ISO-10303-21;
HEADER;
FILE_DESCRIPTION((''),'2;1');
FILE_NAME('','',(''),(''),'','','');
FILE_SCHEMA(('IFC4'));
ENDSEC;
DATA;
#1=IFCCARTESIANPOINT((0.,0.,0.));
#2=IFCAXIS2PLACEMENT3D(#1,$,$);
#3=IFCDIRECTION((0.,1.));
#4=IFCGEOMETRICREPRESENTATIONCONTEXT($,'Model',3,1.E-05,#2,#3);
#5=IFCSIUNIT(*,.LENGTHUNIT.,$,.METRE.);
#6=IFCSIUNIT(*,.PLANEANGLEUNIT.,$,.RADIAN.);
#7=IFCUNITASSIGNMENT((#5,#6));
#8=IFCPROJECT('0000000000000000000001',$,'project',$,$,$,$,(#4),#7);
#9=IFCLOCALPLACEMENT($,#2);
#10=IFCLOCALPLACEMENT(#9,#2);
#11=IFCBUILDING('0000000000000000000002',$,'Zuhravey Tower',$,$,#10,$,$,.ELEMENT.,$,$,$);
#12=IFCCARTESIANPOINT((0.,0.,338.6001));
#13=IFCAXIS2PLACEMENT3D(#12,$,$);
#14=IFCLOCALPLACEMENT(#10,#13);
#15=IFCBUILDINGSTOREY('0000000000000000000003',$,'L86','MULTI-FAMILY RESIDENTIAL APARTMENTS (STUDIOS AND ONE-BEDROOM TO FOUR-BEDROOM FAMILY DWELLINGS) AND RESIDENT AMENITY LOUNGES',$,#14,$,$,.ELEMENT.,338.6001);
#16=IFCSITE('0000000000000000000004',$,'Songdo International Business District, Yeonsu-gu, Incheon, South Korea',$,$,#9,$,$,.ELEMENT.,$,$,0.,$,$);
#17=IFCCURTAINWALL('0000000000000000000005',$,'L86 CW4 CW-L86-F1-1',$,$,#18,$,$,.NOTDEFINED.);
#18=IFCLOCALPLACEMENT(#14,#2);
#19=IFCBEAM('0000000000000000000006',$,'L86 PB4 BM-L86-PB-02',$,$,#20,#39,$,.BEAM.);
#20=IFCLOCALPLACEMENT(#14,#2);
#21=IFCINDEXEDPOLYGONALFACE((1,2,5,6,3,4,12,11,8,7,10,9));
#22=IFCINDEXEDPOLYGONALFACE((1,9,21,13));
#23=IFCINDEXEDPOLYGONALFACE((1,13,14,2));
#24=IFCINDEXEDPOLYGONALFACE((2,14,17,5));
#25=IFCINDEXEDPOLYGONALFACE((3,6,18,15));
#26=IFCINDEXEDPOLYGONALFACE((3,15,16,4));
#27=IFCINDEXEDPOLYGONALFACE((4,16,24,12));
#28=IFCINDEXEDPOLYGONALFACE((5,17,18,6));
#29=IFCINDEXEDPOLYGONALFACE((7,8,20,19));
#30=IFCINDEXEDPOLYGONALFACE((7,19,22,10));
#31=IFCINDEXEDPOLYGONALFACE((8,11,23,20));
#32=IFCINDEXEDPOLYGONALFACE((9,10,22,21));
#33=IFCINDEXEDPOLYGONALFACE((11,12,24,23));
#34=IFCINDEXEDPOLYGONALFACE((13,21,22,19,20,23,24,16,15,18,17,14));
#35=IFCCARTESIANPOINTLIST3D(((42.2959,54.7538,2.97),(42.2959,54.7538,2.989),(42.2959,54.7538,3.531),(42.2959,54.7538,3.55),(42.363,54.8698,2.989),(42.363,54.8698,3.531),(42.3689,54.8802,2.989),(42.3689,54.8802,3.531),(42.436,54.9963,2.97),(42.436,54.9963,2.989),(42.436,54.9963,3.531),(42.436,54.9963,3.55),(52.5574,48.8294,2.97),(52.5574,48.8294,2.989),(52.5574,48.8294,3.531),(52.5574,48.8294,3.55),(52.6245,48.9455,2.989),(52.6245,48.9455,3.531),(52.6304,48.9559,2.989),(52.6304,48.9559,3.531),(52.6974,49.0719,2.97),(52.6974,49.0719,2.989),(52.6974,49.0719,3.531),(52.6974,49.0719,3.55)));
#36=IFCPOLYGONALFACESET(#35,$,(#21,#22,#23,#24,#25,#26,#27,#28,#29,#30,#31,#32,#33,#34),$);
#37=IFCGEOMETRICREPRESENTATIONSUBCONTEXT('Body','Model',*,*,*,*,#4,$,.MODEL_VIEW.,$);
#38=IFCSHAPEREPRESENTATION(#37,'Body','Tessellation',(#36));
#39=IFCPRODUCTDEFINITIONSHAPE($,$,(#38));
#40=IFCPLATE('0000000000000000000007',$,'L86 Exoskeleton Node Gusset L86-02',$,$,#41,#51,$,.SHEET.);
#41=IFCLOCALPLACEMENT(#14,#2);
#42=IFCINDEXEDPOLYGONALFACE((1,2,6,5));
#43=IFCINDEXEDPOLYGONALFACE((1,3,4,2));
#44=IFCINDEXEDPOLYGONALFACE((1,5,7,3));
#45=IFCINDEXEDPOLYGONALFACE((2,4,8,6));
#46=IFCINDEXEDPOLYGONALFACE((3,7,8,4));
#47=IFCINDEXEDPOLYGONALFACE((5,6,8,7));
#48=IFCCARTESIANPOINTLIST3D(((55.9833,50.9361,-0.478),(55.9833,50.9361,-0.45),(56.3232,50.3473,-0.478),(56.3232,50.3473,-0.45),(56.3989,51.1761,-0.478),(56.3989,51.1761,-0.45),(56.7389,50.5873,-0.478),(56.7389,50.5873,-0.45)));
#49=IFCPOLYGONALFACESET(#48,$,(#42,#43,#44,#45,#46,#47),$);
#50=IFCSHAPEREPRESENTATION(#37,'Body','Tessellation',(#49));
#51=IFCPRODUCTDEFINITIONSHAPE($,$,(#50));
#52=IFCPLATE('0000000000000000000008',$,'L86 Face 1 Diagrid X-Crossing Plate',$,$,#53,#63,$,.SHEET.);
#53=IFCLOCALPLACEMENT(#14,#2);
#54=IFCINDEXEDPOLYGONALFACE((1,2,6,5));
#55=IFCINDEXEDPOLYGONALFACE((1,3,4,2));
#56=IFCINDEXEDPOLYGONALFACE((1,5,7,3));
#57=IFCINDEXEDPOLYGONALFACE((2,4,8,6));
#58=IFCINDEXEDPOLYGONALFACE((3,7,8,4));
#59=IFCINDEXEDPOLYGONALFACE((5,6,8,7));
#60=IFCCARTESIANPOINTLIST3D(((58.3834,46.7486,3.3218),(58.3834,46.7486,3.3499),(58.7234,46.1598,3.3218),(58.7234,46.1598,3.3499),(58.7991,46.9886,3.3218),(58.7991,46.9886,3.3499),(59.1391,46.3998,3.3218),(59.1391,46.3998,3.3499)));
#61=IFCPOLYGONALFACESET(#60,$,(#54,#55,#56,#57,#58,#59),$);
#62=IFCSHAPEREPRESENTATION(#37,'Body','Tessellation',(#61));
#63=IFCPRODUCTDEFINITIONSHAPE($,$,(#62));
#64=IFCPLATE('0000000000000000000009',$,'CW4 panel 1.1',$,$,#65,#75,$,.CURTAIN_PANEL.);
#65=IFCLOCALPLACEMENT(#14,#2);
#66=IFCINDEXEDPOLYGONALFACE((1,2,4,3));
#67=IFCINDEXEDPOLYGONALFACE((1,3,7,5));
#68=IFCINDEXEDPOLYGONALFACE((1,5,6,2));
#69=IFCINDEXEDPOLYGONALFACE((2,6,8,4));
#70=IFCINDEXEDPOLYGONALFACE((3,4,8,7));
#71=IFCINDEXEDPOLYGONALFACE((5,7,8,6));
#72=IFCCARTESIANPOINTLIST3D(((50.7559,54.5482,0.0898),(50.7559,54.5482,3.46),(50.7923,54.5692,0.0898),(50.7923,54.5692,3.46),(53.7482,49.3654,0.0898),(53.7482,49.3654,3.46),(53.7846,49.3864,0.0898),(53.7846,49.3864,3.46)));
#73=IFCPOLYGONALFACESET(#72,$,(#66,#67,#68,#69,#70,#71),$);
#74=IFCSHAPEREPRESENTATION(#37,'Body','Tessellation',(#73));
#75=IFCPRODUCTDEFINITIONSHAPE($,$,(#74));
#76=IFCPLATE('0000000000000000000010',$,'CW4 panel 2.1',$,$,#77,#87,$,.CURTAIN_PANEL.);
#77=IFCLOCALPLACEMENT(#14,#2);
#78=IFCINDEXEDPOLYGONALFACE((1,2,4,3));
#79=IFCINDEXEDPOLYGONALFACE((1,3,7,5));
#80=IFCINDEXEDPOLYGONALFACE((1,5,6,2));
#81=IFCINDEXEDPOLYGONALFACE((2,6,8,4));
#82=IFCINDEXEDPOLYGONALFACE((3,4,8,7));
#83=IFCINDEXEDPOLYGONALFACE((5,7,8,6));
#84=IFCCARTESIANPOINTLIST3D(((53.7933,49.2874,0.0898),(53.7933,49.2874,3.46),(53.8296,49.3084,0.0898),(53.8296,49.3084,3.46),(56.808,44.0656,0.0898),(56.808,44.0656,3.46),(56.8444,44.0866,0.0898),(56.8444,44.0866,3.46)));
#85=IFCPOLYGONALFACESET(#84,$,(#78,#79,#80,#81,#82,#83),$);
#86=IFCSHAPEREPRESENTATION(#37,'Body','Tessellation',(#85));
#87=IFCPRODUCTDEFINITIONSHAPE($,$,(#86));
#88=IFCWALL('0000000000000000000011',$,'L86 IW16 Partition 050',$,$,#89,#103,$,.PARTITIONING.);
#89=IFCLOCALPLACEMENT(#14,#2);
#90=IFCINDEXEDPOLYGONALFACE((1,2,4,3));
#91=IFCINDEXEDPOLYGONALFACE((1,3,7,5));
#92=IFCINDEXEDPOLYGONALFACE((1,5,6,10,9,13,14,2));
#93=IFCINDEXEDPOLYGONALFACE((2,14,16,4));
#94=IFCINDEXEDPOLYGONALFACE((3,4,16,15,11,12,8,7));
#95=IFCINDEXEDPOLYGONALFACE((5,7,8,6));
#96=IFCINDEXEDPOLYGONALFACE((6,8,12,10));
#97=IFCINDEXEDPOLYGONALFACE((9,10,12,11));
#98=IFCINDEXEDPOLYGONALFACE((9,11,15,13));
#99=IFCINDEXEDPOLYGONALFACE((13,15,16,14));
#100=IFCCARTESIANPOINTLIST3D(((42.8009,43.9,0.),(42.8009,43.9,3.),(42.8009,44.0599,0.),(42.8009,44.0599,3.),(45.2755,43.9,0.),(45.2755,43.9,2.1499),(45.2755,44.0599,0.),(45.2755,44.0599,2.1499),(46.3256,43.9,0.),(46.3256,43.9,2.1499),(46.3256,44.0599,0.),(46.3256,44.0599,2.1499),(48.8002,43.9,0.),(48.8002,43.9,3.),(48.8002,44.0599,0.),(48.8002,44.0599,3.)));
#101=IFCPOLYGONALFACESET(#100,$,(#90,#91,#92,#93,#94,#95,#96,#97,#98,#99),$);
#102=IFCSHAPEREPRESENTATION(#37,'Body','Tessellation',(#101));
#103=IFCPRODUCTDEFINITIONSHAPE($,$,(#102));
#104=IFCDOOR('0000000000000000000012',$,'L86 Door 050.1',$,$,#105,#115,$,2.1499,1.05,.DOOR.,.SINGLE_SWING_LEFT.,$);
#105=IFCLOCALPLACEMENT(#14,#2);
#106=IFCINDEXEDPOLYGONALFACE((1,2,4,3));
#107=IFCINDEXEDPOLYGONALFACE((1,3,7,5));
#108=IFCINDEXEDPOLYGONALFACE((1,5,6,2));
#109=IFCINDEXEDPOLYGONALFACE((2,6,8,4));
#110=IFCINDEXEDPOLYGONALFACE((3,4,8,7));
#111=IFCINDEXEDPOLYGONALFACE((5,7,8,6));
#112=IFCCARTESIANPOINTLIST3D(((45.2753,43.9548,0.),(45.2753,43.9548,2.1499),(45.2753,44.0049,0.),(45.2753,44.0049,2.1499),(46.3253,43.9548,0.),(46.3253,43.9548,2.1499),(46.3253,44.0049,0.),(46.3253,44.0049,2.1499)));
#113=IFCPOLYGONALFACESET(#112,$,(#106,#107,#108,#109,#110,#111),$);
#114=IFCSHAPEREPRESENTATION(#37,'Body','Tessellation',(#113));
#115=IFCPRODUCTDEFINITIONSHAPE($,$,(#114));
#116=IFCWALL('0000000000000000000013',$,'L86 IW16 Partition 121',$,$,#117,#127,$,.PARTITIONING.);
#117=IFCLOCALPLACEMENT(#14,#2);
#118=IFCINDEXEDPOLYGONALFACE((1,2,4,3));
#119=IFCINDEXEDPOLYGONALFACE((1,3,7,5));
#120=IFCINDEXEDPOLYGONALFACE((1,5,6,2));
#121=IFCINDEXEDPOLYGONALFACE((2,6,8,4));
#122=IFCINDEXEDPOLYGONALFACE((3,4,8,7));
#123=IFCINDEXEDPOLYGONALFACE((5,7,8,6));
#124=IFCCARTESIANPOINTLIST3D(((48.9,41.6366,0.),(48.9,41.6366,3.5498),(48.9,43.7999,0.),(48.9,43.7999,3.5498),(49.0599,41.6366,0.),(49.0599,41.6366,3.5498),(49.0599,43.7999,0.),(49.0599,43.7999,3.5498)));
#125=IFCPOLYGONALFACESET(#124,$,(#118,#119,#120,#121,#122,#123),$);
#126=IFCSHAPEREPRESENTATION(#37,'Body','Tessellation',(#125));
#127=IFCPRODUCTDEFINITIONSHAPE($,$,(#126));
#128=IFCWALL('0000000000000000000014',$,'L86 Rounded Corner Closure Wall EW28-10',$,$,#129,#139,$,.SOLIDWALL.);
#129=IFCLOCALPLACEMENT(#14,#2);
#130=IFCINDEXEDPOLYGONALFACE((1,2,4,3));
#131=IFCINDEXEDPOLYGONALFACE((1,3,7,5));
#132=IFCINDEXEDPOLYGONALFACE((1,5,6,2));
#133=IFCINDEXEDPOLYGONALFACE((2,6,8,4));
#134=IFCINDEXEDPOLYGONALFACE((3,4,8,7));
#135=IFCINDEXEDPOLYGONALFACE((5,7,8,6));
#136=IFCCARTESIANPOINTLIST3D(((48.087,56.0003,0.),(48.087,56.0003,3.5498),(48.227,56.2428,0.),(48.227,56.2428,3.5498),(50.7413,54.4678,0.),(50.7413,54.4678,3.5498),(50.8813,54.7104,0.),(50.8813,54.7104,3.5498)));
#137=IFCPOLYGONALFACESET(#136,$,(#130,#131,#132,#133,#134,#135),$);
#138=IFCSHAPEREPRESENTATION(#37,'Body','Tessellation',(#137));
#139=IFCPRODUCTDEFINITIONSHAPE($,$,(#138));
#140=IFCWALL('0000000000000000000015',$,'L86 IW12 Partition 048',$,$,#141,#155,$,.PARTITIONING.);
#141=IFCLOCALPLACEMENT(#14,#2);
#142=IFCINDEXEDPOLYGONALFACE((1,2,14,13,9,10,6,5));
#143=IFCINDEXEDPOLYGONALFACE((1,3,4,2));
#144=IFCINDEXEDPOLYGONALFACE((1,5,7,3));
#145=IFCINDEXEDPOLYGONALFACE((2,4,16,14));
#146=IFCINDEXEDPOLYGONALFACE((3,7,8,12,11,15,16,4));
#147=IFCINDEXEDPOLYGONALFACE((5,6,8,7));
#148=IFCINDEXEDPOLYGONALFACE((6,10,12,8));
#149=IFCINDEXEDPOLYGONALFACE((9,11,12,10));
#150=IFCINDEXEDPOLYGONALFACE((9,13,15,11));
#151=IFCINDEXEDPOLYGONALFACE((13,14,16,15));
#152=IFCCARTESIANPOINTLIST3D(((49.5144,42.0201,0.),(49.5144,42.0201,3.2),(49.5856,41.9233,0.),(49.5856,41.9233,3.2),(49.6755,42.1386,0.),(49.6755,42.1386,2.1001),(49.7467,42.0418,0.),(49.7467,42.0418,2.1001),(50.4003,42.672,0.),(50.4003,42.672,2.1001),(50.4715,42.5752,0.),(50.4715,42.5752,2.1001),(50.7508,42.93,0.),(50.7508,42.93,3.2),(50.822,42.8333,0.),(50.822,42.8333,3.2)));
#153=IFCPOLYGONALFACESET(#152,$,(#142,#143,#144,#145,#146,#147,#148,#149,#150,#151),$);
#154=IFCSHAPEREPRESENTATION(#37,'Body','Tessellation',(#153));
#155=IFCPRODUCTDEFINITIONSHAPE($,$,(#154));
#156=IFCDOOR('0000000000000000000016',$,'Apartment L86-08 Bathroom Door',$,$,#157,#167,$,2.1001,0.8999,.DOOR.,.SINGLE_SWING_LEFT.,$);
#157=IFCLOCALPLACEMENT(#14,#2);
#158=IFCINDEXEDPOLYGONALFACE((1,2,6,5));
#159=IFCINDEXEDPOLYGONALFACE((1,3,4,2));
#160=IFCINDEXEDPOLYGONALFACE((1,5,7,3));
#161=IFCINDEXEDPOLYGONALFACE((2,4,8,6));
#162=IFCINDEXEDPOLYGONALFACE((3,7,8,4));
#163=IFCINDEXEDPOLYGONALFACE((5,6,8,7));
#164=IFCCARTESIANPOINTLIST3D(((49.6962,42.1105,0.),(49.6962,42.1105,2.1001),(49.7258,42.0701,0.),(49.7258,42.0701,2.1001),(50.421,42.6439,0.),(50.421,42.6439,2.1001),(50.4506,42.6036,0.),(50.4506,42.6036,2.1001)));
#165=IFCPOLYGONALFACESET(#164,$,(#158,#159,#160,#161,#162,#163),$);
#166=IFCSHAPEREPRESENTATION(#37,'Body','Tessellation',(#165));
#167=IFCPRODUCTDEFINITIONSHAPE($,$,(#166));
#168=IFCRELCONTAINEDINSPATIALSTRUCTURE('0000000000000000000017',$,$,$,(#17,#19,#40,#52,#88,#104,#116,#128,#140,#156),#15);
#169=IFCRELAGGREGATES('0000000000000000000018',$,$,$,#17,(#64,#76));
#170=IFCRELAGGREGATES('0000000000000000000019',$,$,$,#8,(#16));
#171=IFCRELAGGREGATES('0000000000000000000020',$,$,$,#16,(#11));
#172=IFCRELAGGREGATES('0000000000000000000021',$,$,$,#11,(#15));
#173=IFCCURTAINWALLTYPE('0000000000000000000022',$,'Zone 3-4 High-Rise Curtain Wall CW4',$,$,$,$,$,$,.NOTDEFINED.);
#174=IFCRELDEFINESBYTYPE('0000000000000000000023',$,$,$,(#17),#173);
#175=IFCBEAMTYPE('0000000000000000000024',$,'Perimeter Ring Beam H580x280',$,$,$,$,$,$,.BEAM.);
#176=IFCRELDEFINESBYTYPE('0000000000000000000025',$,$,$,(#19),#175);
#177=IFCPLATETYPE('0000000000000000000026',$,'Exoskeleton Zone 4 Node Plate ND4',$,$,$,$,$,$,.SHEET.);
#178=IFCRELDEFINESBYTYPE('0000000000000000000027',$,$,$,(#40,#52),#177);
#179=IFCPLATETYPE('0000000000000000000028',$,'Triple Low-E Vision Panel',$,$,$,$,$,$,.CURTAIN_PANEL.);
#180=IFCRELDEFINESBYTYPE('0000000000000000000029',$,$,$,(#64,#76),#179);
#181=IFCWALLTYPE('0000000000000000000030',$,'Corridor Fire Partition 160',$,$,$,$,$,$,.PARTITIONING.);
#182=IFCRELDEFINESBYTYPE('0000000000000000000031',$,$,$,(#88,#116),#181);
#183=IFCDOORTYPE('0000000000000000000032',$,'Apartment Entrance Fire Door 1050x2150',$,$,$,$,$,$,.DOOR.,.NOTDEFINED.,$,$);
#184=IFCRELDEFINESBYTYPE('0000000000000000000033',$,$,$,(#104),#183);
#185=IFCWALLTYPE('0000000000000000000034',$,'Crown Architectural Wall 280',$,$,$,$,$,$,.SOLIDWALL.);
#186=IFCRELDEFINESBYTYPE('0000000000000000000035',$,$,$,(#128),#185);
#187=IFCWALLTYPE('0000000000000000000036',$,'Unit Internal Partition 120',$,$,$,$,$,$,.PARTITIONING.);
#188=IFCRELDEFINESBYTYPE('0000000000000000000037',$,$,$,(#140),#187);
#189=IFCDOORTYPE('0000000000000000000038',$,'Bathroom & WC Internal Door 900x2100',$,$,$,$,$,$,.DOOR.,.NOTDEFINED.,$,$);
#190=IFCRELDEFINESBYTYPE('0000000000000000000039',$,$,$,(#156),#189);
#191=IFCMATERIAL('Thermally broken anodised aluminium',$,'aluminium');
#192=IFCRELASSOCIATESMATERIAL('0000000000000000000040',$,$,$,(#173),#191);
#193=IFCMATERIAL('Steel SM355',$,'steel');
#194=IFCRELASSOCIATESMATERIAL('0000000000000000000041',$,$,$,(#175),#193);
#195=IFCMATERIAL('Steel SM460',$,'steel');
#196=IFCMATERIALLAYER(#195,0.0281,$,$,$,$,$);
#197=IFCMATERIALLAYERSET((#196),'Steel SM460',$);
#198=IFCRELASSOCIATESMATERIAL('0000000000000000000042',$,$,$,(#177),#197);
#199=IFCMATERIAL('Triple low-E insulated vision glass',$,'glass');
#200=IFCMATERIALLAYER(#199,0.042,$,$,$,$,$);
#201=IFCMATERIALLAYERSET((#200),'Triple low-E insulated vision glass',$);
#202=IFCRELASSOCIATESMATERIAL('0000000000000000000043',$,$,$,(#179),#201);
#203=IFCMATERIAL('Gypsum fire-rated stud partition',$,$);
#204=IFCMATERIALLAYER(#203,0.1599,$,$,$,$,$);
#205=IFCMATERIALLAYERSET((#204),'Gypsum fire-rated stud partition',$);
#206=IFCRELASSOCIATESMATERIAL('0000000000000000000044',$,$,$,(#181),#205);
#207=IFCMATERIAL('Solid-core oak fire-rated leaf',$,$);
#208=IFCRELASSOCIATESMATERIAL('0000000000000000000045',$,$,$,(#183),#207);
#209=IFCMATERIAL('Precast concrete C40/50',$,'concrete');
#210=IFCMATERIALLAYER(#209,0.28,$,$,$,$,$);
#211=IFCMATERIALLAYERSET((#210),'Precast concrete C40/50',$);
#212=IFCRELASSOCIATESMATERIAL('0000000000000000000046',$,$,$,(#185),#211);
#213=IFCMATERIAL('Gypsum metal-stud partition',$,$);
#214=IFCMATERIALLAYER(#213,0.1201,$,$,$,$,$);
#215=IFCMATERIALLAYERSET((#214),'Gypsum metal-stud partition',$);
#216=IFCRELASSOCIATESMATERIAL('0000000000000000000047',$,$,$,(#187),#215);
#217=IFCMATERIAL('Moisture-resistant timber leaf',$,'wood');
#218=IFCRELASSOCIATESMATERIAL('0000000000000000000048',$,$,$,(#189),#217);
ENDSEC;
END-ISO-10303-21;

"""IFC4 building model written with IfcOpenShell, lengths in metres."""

from ifc_helpers import new_model, si_unit, direction, frame, frame_2d, origin, origin_2d, place, context, subcontext, project, spatial, rectangle, i_section, extrude, material, layer, layer_set, material_profile, profile_set, type_object, element, fill, aggregate, save


model = new_model("IFC4")

# Units and contexts
model_context = context("Model", 3, precision=1e-05, world=origin(), true_north=direction((0.0, 1.0)))
body_context = subcontext(model_context, "Body", "Model", "MODEL_VIEW")
ifc_project = project(units=[si_unit("LENGTHUNIT", "METRE"), si_unit("PLANEANGLEUNIT", "RADIAN")], contexts=[model_context])

# Site, building, storey
site_placement = place(None, origin())
site = spatial("IfcSite", under=ifc_project, at=site_placement, Name="Songdo International Business District, Yeonsu-gu, Incheon, South Korea", CompositionType="ELEMENT", RefElevation=0.0)
building_placement = place(site_placement, origin())
building = spatial("IfcBuilding", under=site, at=building_placement, Name="Zuhravey Tower", CompositionType="ELEMENT")
storey_placement = place(building_placement, frame((0.0, 0.0, 338.6001)))
storey = spatial("IfcBuildingStorey", under=building, at=storey_placement, Name="L86", Description="MULTI-FAMILY RESIDENTIAL APARTMENTS (STUDIOS AND ONE-BEDROOM TO FOUR-BEDROOM FAMILY DWELLINGS) AND RESIDENT AMENITY LOUNGES", CompositionType="ELEMENT", Elevation=338.6001)

# Shared definitions
ifc_material_1 = material(Name="Thermally broken anodised aluminium", Category="aluminium")
curtain_wall_type = type_object("IfcCurtainWallType", Name="Zone 3-4 High-Rise Curtain Wall CW4", PredefinedType="NOTDEFINED", material=ifc_material_1)

# Curtain wall
curtain_wall_1_placement = place(storey_placement, origin())
curtain_wall_1 = element("IfcCurtainWall", 1, at=curtain_wall_1_placement, inside=storey, type_object=curtain_wall_type, Name="L86 CW4 CW-L86-F1-1", PredefinedType="NOTDEFINED")

# Shared definitions
ifc_material_2 = material(Name="Steel SM355", Category="steel")

# Beam
ifc_material_profile_1 = material_profile(ifc_material_2, i_section(OverallWidth=0.28, OverallDepth=0.5801, WebThickness=0.012, FlangeThickness=0.019, at=origin_2d()), Name="H-580x280x12x19")
ifc_profile_set_1 = profile_set([ifc_material_profile_1], Name="Steel SM355")
beam_type = type_object("IfcBeamType", Name="Perimeter Ring Beam H580x280", PredefinedType="BEAM", material=ifc_profile_set_1)
beam_placement = place(storey_placement, frame((52.6274, 48.9507, 3.26), z_axis=(-0.866031, 0.499991, 0.0), x_axis=(-0.499991, -0.866031, 0.0)))
element("IfcBeam", 2, at=beam_placement, inside=storey, type_object=beam_type, Name="L86 PB4 BM-L86-PB-02", PredefinedType="BEAM", context=body_context, shape_type="SweptSolid", body=[
    extrude(i_section(OverallWidth=0.28, OverallDepth=0.5801, WebThickness=0.012, FlangeThickness=0.019, at=origin_2d()), origin(), (0.0, 0.0, 1.0), 11.8489),
])

# Plates
ifc_material_3 = material(Name="Steel SM460", Category="steel")
ifc_layer_1 = layer(ifc_material_3, 0.0281)
ifc_layer_set_1 = layer_set([ifc_layer_1], Name="Steel SM460")
plate_type_1 = type_object("IfcPlateType", Name="Exoskeleton Zone 4 Node Plate ND4", PredefinedType="SHEET", material=ifc_layer_set_1)
for number, where, z_axis, x_axis, name in (
    (3, (56.3611, 50.7617, -0.478), (0.0, 0.0, 1.0), (-0.5, 0.866025, 0.0), "L86 Exoskeleton Node Gusset L86-02"),
    (4, (58.7612, 46.5742, 3.3218), (0.0, 0.0, 1.0), (-0.5, 0.866025, 0.0), "L86 Face 1 Diagrid X-Crossing Plate"),
):
    element("IfcPlate", number, at=place(storey_placement, frame(where, z_axis=z_axis, x_axis=x_axis)), inside=storey, type_object=plate_type_1, Name=name, PredefinedType="SHEET", context=body_context, shape_type="SweptSolid", body=[
        extrude(rectangle(XDim=0.6799, YDim=0.48, at=origin_2d()), origin(), (0.0, 0.0, 1.0), 0.0281),
    ])

# Plates
ifc_material_4 = material(Name="Triple low-E insulated vision glass", Category="glass")
ifc_layer_2 = layer(ifc_material_4, 0.042)
ifc_layer_set_2 = layer_set([ifc_layer_2], Name="Triple low-E insulated vision glass")
plate_type_2 = type_object("IfcPlateType", Name="Triple Low-E Vision Panel", PredefinedType="CURTAIN_PANEL", material=ifc_layer_set_2)
plate_1_placement = place(storey_placement, frame((52.2703, 51.9673, 0.0898), z_axis=(0.0, 0.0, 1.0), x_axis=(0.5, -0.866026, 0.0)))
plate_1 = element("IfcPlate", 5, at=plate_1_placement, type_object=plate_type_2, Name="CW4 panel 1.1", PredefinedType="CURTAIN_PANEL", context=body_context, shape_type="SweptSolid", body=[
    extrude(rectangle(XDim=5.9846, YDim=0.042, at=origin_2d()), origin(), (0.0, 0.0, 1.0), 3.3701),
])
plate_2_placement = place(storey_placement, frame((55.3188, 46.687, 0.0898), z_axis=(0.0, 0.0, 1.0), x_axis=(0.5, -0.866026, 0.0)))
plate_2 = element("IfcPlate", 6, at=plate_2_placement, type_object=plate_type_2, Name="CW4 panel 2.1", PredefinedType="CURTAIN_PANEL", context=body_context, shape_type="SweptSolid", body=[
    extrude(rectangle(XDim=6.0295, YDim=0.042, at=origin_2d()), origin(), (0.0, 0.0, 1.0), 3.3701),
])
aggregate(curtain_wall_1, [plate_1, plate_2])

# Wall, opening, door
ifc_material_5 = material(Name="Gypsum fire-rated stud partition")
ifc_layer_3 = layer(ifc_material_5, 0.1599)
ifc_layer_set_3 = layer_set([ifc_layer_3], Name="Gypsum fire-rated stud partition")
wall_type_1 = type_object("IfcWallType", Name="Corridor Fire Partition 160", PredefinedType="PARTITIONING", material=ifc_layer_set_3)
wall_1_placement = place(storey_placement, frame((48.8, 43.98, 0.0), z_axis=(0.0, 0.0, 1.0), x_axis=(-1.0, 0.0, 0.0)))
wall_1 = element("IfcWall", 7, at=wall_1_placement, inside=storey, type_object=wall_type_1, Name="L86 IW16 Partition 050", PredefinedType="PARTITIONING", context=body_context, shape_type="SweptSolid", body=[
    extrude(rectangle(XDim=5.9993, YDim=0.1599, at=frame_2d((2.9995, 0.0))), origin(), (0.0, 0.0, 1.0), 3.0),
])
opening_1_placement = place(wall_1_placement, frame((2.4746, 0.0, 0.0)))
opening_1 = element("IfcOpeningElement", 8, at=opening_1_placement, cuts=wall_1, PredefinedType="OPENING", context=body_context, shape_type="SweptSolid", body=[
    extrude(rectangle(XDim=1.05, YDim=2.1499, at=frame_2d((0.5249, 1.075))), frame((0.0, 0.092, 0.0), z_axis=(0.0, -1.0, 0.0), x_axis=(1.0, 0.0, 0.0)), (0.0, 0.0, 1.0), 0.1838),
])
ifc_material_6 = material(Name="Solid-core oak fire-rated leaf")
door_type_1 = type_object("IfcDoorType", Name="Apartment Entrance Fire Door 1050x2150", OperationType="NOTDEFINED", PredefinedType="DOOR", material=ifc_material_6)
door_1_placement = place(opening_1_placement, frame((1.05, 0.0, 0.0), z_axis=(0.0, 0.0, 1.0), x_axis=(-1.0, 0.0, 0.0)))
door_1 = element("IfcDoor", 9, at=door_1_placement, inside=storey, type_object=door_type_1, Name="L86 Door 050.1", OperationType="SINGLE_SWING_LEFT", OverallHeight=2.1499, OverallWidth=1.05, PredefinedType="DOOR", context=body_context, shape_type="SweptSolid", body=[
    extrude(rectangle(XDim=1.05, YDim=2.1499, at=frame_2d((0.5249, 1.075))), frame((0.0, 0.0249, 0.0), z_axis=(0.0, -1.0, 0.0), x_axis=(1.0, 0.0, 0.0)), (0.0, 0.0, 1.0), 0.05),
])
fill(opening_1, door_1)

# Walls
wall_2_placement = place(storey_placement, frame((48.98, 41.6367, 0.0), z_axis=(0.0, 0.0, 1.0), x_axis=(0.0, 1.0, 0.0)))
element("IfcWall", 10, at=wall_2_placement, inside=storey, type_object=wall_type_1, Name="L86 IW16 Partition 121", PredefinedType="PARTITIONING", context=body_context, shape_type="SweptSolid", body=[
    extrude(rectangle(XDim=2.1633, YDim=0.1599, at=frame_2d((1.0815, 0.0))), origin(), (0.0, 0.0, 1.0), 3.5498),
])
ifc_material_7 = material(Name="Precast concrete C40/50", Category="concrete")
ifc_layer_4 = layer(ifc_material_7, 0.28)
ifc_layer_set_4 = layer_set([ifc_layer_4], Name="Precast concrete C40/50")
wall_type_2 = type_object("IfcWallType", Name="Crown Architectural Wall 280", PredefinedType="SOLIDWALL", material=ifc_layer_set_4)
wall_3_placement = place(storey_placement, frame((48.157, 56.1216, 0.0), z_axis=(0.0, 0.0, 1.0), x_axis=(0.866024, -0.500003, 0.0)))
element("IfcWall", 11, at=wall_3_placement, inside=storey, type_object=wall_type_2, Name="L86 Rounded Corner Closure Wall EW28-10", PredefinedType="SOLIDWALL", context=body_context, shape_type="SweptSolid", body=[
    extrude(rectangle(XDim=3.0649, YDim=0.28, at=frame_2d((1.5325, 0.0))), origin(), (0.0, 0.0, 1.0), 3.5498),
])

# Wall, opening, door
ifc_material_8 = material(Name="Gypsum metal-stud partition")
ifc_layer_5 = layer(ifc_material_8, 0.1201)
ifc_layer_set_5 = layer_set([ifc_layer_5], Name="Gypsum metal-stud partition")
wall_type_3 = type_object("IfcWallType", Name="Unit Internal Partition 120", PredefinedType="PARTITIONING", material=ifc_layer_set_5)
wall_4_placement = place(storey_placement, frame((49.55, 41.9717, 0.0), z_axis=(0.0, 0.0, 1.0), x_axis=(0.805388, 0.592749, 0.0)))
wall_4 = element("IfcWall", 12, at=wall_4_placement, inside=storey, type_object=wall_type_3, Name="L86 IW12 Partition 048", PredefinedType="PARTITIONING", context=body_context, shape_type="SweptSolid", body=[
    extrude(rectangle(XDim=1.5352, YDim=0.1201, at=frame_2d((0.7676, 0.0))), origin(), (0.0, 0.0, 1.0), 3.2),
])
opening_2_placement = place(wall_4_placement, frame((0.2, 0.0, 0.0)))
opening_2 = element("IfcOpeningElement", 13, at=opening_2_placement, cuts=wall_4, PredefinedType="OPENING", context=body_context, shape_type="SweptSolid", body=[
    extrude(rectangle(XDim=0.8999, YDim=2.1001, at=frame_2d((0.45, 1.05))), frame((0.0, 0.072, 0.0), z_axis=(0.0, -1.0, 0.0), x_axis=(1.0, 0.0, 0.0)), (0.0, 0.0, 1.0), 0.144),
])
ifc_material_9 = material(Name="Moisture-resistant timber leaf", Category="wood")
door_type_2 = type_object("IfcDoorType", Name="Bathroom & WC Internal Door 900x2100", OperationType="NOTDEFINED", PredefinedType="DOOR", material=ifc_material_9)
door_2_placement = place(opening_2_placement, frame((0.8999, 0.0, 0.0), z_axis=(0.0, 0.0, 1.0), x_axis=(-1.0, 0.0, 0.0)))
door_2 = element("IfcDoor", 14, at=door_2_placement, inside=storey, type_object=door_type_2, Name="Apartment L86-08 Bathroom Door", OperationType="SINGLE_SWING_LEFT", OverallHeight=2.1001, OverallWidth=0.8999, PredefinedType="DOOR", context=body_context, shape_type="SweptSolid", body=[
    extrude(rectangle(XDim=0.8999, YDim=2.1001, at=frame_2d((0.45, 1.05))), frame((0.0, 0.0249, 0.0), z_axis=(0.0, -1.0, 0.0), x_axis=(1.0, 0.0, 0.0)), (0.0, 0.0, 1.0), 0.05),
])
fill(opening_2, door_2)

save(model, "model.ifc")
